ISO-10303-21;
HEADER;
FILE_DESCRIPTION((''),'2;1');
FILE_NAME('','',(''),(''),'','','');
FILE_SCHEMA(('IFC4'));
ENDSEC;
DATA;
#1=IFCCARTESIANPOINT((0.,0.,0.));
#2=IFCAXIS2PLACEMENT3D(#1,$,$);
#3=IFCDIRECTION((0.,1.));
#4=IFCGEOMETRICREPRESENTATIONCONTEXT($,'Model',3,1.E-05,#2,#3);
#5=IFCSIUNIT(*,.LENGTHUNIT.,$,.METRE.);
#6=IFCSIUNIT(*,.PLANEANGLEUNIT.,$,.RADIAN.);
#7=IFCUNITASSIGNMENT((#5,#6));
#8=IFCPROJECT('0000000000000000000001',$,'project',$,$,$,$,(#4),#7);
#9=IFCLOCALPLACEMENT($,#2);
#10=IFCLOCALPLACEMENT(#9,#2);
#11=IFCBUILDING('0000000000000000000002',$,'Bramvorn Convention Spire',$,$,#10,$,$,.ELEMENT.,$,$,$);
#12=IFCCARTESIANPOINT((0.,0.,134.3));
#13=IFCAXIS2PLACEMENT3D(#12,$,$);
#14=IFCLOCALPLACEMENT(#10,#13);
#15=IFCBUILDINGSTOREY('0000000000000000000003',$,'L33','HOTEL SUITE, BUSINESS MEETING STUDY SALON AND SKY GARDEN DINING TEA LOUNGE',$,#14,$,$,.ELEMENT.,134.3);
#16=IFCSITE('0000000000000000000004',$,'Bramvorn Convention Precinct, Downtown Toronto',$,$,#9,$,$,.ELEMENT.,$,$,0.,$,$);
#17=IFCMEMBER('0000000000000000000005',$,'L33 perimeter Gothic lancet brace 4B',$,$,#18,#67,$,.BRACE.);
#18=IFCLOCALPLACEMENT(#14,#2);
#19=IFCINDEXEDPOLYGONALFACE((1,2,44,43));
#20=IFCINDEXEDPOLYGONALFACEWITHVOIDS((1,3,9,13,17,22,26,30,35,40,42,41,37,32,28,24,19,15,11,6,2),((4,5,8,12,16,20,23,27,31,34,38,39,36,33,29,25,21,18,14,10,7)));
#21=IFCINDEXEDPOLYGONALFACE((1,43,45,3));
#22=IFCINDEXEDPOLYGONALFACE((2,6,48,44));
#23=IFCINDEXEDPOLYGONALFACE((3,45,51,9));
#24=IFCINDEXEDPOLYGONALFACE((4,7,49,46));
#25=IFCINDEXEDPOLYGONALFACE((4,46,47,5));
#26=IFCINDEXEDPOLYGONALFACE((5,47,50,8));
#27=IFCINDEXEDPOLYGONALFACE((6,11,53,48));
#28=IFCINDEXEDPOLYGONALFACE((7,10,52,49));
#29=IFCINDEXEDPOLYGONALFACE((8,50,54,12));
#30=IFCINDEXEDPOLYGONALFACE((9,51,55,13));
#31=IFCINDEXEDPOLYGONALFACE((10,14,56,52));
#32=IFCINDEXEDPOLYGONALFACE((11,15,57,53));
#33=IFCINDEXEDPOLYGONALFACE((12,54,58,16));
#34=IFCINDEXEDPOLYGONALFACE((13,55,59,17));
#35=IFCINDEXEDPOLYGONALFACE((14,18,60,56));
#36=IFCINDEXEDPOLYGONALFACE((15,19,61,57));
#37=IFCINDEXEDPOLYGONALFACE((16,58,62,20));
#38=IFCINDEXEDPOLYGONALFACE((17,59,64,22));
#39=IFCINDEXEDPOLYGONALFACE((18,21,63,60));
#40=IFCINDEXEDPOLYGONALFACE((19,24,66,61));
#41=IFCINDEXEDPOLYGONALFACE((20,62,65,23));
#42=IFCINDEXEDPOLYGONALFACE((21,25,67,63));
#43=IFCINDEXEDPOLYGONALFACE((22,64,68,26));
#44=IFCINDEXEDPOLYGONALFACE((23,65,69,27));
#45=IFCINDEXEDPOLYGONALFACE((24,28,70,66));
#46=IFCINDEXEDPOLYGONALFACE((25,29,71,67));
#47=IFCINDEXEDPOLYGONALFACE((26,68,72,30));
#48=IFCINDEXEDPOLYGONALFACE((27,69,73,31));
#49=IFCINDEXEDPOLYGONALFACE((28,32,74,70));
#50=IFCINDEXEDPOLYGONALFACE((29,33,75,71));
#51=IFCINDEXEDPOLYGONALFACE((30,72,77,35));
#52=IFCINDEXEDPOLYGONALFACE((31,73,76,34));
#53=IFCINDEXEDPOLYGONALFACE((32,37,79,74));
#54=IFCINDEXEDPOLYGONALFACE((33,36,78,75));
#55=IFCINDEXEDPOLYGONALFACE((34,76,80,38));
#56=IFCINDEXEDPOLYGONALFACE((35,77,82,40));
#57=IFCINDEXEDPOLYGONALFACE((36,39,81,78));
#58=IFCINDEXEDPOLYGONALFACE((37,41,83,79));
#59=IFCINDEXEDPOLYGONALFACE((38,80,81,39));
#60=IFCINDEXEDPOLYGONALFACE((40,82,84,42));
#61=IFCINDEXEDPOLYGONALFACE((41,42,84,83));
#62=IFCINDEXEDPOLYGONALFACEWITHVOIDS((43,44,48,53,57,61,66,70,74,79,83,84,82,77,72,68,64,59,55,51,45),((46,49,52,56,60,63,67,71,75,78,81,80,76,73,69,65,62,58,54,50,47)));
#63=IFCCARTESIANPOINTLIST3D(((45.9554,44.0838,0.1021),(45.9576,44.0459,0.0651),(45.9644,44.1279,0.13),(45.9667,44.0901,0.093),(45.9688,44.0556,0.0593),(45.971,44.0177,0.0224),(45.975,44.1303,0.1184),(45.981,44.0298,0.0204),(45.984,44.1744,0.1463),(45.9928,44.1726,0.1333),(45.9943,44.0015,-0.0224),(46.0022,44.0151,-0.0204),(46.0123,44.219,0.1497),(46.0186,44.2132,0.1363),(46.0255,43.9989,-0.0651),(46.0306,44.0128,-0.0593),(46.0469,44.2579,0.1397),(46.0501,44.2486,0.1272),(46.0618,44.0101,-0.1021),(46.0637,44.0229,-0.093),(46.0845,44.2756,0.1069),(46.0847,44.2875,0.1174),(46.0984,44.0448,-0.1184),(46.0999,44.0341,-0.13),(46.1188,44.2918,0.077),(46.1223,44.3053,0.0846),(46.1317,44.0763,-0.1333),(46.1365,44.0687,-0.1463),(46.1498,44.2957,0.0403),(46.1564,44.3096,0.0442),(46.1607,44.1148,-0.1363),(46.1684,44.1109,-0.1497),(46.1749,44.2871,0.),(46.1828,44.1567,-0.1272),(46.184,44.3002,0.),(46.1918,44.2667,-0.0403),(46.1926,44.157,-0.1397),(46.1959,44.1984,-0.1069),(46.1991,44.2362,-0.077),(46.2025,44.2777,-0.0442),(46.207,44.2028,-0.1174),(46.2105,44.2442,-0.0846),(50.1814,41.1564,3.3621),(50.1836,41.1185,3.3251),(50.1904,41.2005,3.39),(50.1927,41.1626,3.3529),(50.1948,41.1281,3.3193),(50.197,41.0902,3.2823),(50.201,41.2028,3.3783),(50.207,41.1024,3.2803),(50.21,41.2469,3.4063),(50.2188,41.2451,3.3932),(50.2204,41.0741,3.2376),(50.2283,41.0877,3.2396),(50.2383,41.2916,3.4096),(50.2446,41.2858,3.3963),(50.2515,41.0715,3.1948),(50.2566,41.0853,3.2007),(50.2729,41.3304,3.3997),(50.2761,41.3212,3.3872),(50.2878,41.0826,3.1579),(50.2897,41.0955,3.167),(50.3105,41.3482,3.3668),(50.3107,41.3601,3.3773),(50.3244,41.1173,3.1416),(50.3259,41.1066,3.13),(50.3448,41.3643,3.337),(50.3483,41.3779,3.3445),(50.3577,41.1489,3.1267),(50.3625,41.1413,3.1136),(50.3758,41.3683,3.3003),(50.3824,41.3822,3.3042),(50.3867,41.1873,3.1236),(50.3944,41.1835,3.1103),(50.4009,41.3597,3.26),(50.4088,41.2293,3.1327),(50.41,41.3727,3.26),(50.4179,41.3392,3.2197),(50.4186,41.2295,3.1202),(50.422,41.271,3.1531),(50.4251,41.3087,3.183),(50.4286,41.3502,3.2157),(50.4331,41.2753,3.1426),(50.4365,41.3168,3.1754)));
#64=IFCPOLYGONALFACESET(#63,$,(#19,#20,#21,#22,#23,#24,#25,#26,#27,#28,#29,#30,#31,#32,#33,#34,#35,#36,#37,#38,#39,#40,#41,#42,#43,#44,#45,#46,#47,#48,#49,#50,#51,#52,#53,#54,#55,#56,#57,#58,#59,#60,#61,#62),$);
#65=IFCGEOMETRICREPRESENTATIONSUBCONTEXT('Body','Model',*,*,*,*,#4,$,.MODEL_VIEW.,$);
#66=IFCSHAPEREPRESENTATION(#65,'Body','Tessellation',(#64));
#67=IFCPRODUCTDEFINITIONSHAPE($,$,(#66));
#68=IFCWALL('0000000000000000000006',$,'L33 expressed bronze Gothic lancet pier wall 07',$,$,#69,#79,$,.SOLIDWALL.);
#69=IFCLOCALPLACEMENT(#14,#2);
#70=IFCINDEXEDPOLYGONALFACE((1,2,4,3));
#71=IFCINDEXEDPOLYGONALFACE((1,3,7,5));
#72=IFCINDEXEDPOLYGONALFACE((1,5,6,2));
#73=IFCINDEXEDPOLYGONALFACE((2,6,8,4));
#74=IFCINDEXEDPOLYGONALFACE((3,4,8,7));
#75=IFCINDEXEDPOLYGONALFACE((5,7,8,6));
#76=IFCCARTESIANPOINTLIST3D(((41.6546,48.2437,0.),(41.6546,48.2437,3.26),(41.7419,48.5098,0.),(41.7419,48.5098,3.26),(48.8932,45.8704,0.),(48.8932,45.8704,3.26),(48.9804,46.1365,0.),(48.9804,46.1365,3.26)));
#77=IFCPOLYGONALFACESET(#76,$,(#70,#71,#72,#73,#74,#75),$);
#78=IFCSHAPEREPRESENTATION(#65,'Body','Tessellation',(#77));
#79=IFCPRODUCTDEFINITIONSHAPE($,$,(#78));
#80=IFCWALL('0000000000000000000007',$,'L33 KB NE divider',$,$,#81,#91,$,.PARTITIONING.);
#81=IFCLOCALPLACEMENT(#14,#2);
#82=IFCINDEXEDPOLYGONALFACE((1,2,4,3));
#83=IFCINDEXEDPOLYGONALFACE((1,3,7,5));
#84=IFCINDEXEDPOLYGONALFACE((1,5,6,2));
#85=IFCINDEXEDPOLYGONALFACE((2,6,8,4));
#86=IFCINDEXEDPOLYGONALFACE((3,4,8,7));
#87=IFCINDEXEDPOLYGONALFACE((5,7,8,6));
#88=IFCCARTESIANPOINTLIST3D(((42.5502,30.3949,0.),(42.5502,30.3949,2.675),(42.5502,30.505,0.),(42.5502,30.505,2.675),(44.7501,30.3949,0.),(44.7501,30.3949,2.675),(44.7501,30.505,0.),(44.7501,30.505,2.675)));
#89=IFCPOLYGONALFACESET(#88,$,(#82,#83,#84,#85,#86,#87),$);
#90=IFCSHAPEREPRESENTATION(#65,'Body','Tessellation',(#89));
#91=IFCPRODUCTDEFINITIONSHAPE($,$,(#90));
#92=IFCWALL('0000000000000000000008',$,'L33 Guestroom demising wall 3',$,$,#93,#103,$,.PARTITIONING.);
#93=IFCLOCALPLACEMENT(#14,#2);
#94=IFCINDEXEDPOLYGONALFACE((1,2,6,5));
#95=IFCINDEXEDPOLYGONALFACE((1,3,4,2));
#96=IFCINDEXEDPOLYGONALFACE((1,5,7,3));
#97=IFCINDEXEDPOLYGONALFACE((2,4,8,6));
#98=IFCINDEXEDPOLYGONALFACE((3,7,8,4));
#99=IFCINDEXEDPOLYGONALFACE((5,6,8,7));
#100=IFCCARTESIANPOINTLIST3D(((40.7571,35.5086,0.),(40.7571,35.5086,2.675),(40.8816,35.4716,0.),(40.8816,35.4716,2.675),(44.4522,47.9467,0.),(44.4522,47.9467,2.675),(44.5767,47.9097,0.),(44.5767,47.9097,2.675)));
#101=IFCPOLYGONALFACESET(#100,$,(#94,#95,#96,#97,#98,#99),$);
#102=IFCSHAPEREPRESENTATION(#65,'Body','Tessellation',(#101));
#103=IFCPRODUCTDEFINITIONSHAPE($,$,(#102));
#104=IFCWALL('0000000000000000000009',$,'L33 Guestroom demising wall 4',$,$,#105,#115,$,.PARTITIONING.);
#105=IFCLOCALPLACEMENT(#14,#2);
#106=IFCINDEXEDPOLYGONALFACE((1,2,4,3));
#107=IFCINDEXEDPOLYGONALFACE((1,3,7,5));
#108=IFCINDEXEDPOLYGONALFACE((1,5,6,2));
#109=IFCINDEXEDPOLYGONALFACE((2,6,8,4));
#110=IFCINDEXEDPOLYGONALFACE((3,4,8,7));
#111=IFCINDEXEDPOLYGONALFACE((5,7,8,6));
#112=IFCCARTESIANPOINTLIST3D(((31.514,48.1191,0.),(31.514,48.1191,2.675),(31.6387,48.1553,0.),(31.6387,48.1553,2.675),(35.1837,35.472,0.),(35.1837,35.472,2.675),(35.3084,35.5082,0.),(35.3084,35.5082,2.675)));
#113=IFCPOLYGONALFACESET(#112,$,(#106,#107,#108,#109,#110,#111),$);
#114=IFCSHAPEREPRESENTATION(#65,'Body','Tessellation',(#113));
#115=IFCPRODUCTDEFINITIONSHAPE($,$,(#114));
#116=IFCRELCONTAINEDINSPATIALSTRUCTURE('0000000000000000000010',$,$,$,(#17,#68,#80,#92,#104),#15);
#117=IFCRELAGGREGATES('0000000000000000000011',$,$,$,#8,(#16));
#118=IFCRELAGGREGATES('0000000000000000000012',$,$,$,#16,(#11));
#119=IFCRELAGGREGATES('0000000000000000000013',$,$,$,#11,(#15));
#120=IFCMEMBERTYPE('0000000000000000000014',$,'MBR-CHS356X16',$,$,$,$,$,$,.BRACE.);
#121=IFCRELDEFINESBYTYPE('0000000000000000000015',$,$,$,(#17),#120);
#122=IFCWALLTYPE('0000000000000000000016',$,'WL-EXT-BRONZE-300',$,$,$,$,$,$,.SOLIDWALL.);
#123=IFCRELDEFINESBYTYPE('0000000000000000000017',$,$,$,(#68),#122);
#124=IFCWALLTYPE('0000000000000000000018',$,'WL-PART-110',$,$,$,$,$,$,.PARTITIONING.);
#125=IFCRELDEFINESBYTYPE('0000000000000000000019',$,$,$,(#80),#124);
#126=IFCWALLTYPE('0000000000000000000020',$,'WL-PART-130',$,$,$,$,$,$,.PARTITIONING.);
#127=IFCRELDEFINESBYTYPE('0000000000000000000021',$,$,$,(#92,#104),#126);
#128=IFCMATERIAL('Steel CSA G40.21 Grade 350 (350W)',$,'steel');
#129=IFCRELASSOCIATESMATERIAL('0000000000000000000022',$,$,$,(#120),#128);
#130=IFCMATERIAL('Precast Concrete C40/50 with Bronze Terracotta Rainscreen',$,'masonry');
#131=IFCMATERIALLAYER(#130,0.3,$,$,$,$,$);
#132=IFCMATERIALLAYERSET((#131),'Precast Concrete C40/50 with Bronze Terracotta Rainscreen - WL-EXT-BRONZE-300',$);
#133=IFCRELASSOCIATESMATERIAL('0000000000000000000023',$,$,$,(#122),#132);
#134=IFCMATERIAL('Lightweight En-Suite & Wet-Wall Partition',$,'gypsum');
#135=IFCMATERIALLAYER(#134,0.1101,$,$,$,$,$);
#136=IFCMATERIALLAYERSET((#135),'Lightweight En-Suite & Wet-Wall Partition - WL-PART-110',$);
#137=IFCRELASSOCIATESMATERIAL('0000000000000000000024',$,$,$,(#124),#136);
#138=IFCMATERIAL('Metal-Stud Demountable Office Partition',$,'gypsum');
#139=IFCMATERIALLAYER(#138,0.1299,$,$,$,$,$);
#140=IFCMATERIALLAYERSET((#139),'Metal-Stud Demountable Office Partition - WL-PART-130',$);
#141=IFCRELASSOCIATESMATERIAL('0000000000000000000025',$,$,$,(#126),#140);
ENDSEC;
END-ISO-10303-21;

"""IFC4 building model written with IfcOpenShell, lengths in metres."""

from ifc_helpers import new_model, si_unit, direction, frame, frame_2d, origin, origin_2d, place, context, subcontext, project, spatial, rectangle, hollow_circle, extrude, material, layer, layer_set, material_profile, profile_set, type_object, element, save


model = new_model("IFC4")

# Units and contexts
model_context = context("Model", 3, precision=1e-05, world=origin(), true_north=direction((0.0, 1.0)))
body_context = subcontext(model_context, "Body", "Model", "MODEL_VIEW")
ifc_project = project(units=[si_unit("LENGTHUNIT", "METRE"), si_unit("PLANEANGLEUNIT", "RADIAN")], contexts=[model_context])

# Site, building, storey
site_placement = place(None, origin())
site = spatial("IfcSite", under=ifc_project, at=site_placement, Name="Bramvorn Convention Precinct, Downtown Toronto", CompositionType="ELEMENT", RefElevation=0.0)
building_placement = place(site_placement, origin())
building = spatial("IfcBuilding", under=site, at=building_placement, Name="Bramvorn Convention Spire", CompositionType="ELEMENT")
storey_placement = place(building_placement, frame((0.0, 0.0, 134.3)))
storey = spatial("IfcBuildingStorey", under=building, at=storey_placement, Name="L33", Description="HOTEL SUITE, BUSINESS MEETING STUDY SALON AND SKY GARDEN DINING TEA LOUNGE", CompositionType="ELEMENT", Elevation=134.3)

# Shared definitions
ifc_material_1 = material(Name="Steel CSA G40.21 Grade 350 (350W)", Category="steel")

# Member
ifc_material_profile_1 = material_profile(ifc_material_1, hollow_circle(Radius=0.1777, WallThickness=0.0159, at=origin_2d()))
ifc_profile_set_1 = profile_set([ifc_material_profile_1], Name="Steel CSA G40.21 Grade 350 (350W) - CHS356X16")
member_type = type_object("IfcMemberType", Name="MBR-CHS356X16", PredefinedType="BRACE", material=ifc_profile_set_1)
member_placement = place(storey_placement, frame((46.0828, 44.1541, 0.0), z_axis=(0.694222, -0.480902, 0.535526), x_axis=(0.56944, 0.822033, 0.0)))
element("IfcMember", 1, at=member_placement, inside=storey, type_object=member_type, Name="L33 perimeter Gothic lancet brace 4B", PredefinedType="BRACE", context=body_context, shape_type="SweptSolid", body=[
    extrude(hollow_circle(Radius=0.1777, WallThickness=0.0159, at=origin_2d()), origin(), (0.0, 0.0, 1.0), 6.0874),
])

# Walls
ifc_material_2 = material(Name="Precast Concrete C40/50 with Bronze Terracotta Rainscreen", Category="masonry")
ifc_layer_1 = layer(ifc_material_2, 0.3)
ifc_layer_set_1 = layer_set([ifc_layer_1], Name="Precast Concrete C40/50 with Bronze Terracotta Rainscreen - WL-EXT-BRONZE-300")
wall_type_1 = type_object("IfcWallType", Name="WL-EXT-BRONZE-300", PredefinedType="SOLIDWALL", material=ifc_layer_set_1)
wall_1_placement = place(storey_placement, frame((41.6982, 48.3767, 0.0), z_axis=(0.0, 0.0, 1.0), x_axis=(0.950229, -0.311551, 0.0)))
element("IfcWall", 2, at=wall_1_placement, inside=storey, type_object=wall_type_1, Name="L33 expressed bronze Gothic lancet pier wall 07", PredefinedType="SOLIDWALL", context=body_context, shape_type="SweptSolid", body=[
    extrude(rectangle(XDim=7.6177, YDim=0.28, at=frame_2d((3.8088, 0.0))), origin(), (0.0, 0.0, 1.0), 3.26),
])
ifc_material_3 = material(Name="Lightweight En-Suite & Wet-Wall Partition", Category="gypsum")
ifc_layer_2 = layer(ifc_material_3, 0.1101)
ifc_layer_set_2 = layer_set([ifc_layer_2], Name="Lightweight En-Suite & Wet-Wall Partition - WL-PART-110")
wall_type_2 = type_object("IfcWallType", Name="WL-PART-110", PredefinedType="PARTITIONING", material=ifc_layer_set_2)
wall_2_placement = place(storey_placement, frame((42.55, 30.45, 0.0), z_axis=(0.0, 0.0, 1.0), x_axis=(1.0, 0.0, 0.0)))
element("IfcWall", 3, at=wall_2_placement, inside=storey, type_object=wall_type_2, Name="L33 KB NE divider", PredefinedType="PARTITIONING", context=body_context, shape_type="SweptSolid", body=[
    extrude(rectangle(XDim=2.2, YDim=0.1101, at=frame_2d((1.1001, 0.0))), origin(), (0.0, 0.0, 1.0), 2.675),
])
ifc_material_4 = material(Name="Metal-Stud Demountable Office Partition", Category="gypsum")
ifc_layer_3 = layer(ifc_material_4, 0.1299)
ifc_layer_set_3 = layer_set([ifc_layer_3], Name="Metal-Stud Demountable Office Partition - WL-PART-130")
wall_type_3 = type_object("IfcWallType", Name="WL-PART-130", PredefinedType="PARTITIONING", material=ifc_layer_set_3)
wall_3_placement = place(storey_placement, frame((40.8193, 35.49, 0.0), z_axis=(0.0, 0.0, 1.0), x_axis=(0.284778, 0.958593, 0.0)))
element("IfcWall", 4, at=wall_3_placement, inside=storey, type_object=wall_type_3, Name="L33 Guestroom demising wall 3", PredefinedType="PARTITIONING", context=body_context, shape_type="SweptSolid", body=[
    extrude(rectangle(XDim=12.9753, YDim=0.1299, at=frame_2d((6.4878, 0.0))), origin(), (0.0, 0.0, 1.0), 2.675),
])
wall_4_placement = place(storey_placement, frame((35.2461, 35.49, 0.0), z_axis=(0.0, 0.0, 1.0), x_axis=(-0.278668, 0.960387, 0.0)))
element("IfcWall", 5, at=wall_4_placement, inside=storey, type_object=wall_type_3, Name="L33 Guestroom demising wall 4", PredefinedType="PARTITIONING", context=body_context, shape_type="SweptSolid", body=[
    extrude(rectangle(XDim=13.1687, YDim=0.1299, at=frame_2d((6.5845, 0.0))), origin(), (0.0, 0.0, 1.0), 2.675),
])

save(model, "model.ifc")
